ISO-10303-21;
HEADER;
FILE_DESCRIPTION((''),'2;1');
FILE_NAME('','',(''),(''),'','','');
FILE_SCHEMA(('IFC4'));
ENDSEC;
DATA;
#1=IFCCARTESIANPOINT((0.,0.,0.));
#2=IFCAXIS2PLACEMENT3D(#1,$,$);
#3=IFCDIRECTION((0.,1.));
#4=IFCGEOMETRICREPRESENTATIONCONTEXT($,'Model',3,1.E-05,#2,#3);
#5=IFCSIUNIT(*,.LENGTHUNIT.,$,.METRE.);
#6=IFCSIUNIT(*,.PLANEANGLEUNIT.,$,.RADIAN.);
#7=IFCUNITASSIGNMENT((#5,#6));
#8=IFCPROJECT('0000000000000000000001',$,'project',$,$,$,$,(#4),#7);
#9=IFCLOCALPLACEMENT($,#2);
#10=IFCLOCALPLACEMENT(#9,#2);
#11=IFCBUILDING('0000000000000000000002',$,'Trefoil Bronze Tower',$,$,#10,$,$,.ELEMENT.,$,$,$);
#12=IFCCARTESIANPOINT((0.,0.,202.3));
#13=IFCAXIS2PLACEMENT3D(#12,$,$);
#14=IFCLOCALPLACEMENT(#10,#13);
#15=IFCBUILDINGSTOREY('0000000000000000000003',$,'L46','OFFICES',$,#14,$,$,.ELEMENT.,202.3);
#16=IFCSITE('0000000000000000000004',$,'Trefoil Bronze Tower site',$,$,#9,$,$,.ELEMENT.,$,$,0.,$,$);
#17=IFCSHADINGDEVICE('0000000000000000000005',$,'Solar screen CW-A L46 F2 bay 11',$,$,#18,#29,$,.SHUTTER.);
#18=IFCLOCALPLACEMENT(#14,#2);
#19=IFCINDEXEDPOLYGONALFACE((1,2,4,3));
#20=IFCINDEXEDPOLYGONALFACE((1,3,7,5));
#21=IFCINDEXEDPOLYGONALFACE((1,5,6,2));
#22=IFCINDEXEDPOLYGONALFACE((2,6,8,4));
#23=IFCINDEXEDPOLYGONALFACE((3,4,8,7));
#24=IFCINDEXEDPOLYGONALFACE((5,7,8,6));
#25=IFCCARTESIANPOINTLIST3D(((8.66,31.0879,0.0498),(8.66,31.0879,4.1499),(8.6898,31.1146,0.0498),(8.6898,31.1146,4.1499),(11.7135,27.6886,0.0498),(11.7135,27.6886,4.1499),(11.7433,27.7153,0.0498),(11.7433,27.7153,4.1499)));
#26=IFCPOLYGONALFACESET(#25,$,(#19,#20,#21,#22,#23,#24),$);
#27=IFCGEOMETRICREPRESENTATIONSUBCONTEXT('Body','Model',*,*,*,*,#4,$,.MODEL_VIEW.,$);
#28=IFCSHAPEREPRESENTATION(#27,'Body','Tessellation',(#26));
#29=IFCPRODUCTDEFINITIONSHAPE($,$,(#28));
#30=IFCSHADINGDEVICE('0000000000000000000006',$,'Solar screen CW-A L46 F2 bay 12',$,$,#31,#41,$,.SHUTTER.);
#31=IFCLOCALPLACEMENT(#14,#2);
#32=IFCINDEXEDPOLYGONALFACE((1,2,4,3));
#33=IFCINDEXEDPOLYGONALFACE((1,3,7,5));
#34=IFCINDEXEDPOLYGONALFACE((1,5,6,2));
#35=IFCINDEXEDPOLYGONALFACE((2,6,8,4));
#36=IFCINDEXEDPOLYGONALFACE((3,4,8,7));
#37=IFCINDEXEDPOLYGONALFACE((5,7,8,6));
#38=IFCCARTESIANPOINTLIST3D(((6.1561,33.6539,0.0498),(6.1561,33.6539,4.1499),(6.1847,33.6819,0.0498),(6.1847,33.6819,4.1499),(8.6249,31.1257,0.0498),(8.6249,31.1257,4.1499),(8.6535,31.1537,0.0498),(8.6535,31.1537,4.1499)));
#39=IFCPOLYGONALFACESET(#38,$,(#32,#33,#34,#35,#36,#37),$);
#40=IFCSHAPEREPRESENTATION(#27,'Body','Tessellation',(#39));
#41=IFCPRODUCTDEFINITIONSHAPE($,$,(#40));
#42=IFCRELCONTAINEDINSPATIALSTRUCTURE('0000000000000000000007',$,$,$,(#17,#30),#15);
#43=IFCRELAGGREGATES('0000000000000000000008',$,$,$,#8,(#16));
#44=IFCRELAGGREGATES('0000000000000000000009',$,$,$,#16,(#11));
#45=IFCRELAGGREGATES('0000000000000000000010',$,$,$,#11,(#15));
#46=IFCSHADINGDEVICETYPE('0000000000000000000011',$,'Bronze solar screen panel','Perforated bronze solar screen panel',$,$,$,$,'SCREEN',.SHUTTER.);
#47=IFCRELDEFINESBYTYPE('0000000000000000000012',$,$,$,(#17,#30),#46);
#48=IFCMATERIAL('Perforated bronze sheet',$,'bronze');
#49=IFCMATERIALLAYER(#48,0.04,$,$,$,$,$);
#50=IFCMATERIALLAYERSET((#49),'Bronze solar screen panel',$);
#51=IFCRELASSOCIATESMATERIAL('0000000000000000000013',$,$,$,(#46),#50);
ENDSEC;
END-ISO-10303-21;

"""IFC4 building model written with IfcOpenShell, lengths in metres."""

from ifc_helpers import new_model, si_unit, direction, frame, origin, origin_2d, place, context, subcontext, project, spatial, rectangle, extrude, material, layer, layer_set, type_object, element, save


model = new_model("IFC4")

# Units and contexts
model_context = context("Model", 3, precision=1e-05, world=origin(), true_north=direction((0.0, 1.0)))
body_context = subcontext(model_context, "Body", "Model", "MODEL_VIEW")
ifc_project = project(units=[si_unit("LENGTHUNIT", "METRE"), si_unit("PLANEANGLEUNIT", "RADIAN")], contexts=[model_context])

# Site, building, storey
site_placement = place(None, origin())
site = spatial("IfcSite", under=ifc_project, at=site_placement, Name="Trefoil Bronze Tower site", CompositionType="ELEMENT", RefElevation=0.0)
building_placement = place(site_placement, origin())
building = spatial("IfcBuilding", under=site, at=building_placement, Name="Trefoil Bronze Tower", CompositionType="ELEMENT")
storey_placement = place(building_placement, frame((0.0, 0.0, 202.3)))
storey = spatial("IfcBuildingStorey", under=building, at=storey_placement, Name="L46", Description="OFFICES", CompositionType="ELEMENT", Elevation=202.3)

# Shading devices
ifc_material_1 = material(Name="Perforated bronze sheet", Category="bronze")
ifc_layer_1 = layer(ifc_material_1, 0.04)
ifc_layer_set_1 = layer_set([ifc_layer_1], Name="Bronze solar screen panel")
shading_device_type = type_object("IfcShadingDeviceType", Name="Bronze solar screen panel", Description="Perforated bronze solar screen panel", ElementType="SCREEN", PredefinedType="SHUTTER", material=ifc_layer_set_1)
shading_device_1_placement = place(storey_placement, frame((10.2017, 29.4016, 0.0498), z_axis=(0.0, 0.0, 1.0), x_axis=(-0.668246, 0.743941, 0.0)))
element("IfcShadingDevice", 1, at=shading_device_1_placement, inside=storey, type_object=shading_device_type, Name="Solar screen CW-A L46 F2 bay 11", PredefinedType="SHUTTER", context=body_context, shape_type="SweptSolid", body=[
    extrude(rectangle(XDim=4.5693, YDim=0.04, at=origin_2d()), origin(), (0.0, 0.0, 1.0), 4.1001),
])
shading_device_2_placement = place(storey_placement, frame((7.4048, 32.4038, 0.0498), z_axis=(0.0, 0.0, 1.0), x_axis=(-0.698652, 0.715462, 0.0)))
element("IfcShadingDevice", 2, at=shading_device_2_placement, inside=storey, type_object=shading_device_type, Name="Solar screen CW-A L46 F2 bay 12", PredefinedType="SHUTTER", context=body_context, shape_type="SweptSolid", body=[
    extrude(rectangle(XDim=3.5337, YDim=0.04, at=origin_2d()), origin(), (0.0, 0.0, 1.0), 4.1001),
])

save(model, "model.ifc")
